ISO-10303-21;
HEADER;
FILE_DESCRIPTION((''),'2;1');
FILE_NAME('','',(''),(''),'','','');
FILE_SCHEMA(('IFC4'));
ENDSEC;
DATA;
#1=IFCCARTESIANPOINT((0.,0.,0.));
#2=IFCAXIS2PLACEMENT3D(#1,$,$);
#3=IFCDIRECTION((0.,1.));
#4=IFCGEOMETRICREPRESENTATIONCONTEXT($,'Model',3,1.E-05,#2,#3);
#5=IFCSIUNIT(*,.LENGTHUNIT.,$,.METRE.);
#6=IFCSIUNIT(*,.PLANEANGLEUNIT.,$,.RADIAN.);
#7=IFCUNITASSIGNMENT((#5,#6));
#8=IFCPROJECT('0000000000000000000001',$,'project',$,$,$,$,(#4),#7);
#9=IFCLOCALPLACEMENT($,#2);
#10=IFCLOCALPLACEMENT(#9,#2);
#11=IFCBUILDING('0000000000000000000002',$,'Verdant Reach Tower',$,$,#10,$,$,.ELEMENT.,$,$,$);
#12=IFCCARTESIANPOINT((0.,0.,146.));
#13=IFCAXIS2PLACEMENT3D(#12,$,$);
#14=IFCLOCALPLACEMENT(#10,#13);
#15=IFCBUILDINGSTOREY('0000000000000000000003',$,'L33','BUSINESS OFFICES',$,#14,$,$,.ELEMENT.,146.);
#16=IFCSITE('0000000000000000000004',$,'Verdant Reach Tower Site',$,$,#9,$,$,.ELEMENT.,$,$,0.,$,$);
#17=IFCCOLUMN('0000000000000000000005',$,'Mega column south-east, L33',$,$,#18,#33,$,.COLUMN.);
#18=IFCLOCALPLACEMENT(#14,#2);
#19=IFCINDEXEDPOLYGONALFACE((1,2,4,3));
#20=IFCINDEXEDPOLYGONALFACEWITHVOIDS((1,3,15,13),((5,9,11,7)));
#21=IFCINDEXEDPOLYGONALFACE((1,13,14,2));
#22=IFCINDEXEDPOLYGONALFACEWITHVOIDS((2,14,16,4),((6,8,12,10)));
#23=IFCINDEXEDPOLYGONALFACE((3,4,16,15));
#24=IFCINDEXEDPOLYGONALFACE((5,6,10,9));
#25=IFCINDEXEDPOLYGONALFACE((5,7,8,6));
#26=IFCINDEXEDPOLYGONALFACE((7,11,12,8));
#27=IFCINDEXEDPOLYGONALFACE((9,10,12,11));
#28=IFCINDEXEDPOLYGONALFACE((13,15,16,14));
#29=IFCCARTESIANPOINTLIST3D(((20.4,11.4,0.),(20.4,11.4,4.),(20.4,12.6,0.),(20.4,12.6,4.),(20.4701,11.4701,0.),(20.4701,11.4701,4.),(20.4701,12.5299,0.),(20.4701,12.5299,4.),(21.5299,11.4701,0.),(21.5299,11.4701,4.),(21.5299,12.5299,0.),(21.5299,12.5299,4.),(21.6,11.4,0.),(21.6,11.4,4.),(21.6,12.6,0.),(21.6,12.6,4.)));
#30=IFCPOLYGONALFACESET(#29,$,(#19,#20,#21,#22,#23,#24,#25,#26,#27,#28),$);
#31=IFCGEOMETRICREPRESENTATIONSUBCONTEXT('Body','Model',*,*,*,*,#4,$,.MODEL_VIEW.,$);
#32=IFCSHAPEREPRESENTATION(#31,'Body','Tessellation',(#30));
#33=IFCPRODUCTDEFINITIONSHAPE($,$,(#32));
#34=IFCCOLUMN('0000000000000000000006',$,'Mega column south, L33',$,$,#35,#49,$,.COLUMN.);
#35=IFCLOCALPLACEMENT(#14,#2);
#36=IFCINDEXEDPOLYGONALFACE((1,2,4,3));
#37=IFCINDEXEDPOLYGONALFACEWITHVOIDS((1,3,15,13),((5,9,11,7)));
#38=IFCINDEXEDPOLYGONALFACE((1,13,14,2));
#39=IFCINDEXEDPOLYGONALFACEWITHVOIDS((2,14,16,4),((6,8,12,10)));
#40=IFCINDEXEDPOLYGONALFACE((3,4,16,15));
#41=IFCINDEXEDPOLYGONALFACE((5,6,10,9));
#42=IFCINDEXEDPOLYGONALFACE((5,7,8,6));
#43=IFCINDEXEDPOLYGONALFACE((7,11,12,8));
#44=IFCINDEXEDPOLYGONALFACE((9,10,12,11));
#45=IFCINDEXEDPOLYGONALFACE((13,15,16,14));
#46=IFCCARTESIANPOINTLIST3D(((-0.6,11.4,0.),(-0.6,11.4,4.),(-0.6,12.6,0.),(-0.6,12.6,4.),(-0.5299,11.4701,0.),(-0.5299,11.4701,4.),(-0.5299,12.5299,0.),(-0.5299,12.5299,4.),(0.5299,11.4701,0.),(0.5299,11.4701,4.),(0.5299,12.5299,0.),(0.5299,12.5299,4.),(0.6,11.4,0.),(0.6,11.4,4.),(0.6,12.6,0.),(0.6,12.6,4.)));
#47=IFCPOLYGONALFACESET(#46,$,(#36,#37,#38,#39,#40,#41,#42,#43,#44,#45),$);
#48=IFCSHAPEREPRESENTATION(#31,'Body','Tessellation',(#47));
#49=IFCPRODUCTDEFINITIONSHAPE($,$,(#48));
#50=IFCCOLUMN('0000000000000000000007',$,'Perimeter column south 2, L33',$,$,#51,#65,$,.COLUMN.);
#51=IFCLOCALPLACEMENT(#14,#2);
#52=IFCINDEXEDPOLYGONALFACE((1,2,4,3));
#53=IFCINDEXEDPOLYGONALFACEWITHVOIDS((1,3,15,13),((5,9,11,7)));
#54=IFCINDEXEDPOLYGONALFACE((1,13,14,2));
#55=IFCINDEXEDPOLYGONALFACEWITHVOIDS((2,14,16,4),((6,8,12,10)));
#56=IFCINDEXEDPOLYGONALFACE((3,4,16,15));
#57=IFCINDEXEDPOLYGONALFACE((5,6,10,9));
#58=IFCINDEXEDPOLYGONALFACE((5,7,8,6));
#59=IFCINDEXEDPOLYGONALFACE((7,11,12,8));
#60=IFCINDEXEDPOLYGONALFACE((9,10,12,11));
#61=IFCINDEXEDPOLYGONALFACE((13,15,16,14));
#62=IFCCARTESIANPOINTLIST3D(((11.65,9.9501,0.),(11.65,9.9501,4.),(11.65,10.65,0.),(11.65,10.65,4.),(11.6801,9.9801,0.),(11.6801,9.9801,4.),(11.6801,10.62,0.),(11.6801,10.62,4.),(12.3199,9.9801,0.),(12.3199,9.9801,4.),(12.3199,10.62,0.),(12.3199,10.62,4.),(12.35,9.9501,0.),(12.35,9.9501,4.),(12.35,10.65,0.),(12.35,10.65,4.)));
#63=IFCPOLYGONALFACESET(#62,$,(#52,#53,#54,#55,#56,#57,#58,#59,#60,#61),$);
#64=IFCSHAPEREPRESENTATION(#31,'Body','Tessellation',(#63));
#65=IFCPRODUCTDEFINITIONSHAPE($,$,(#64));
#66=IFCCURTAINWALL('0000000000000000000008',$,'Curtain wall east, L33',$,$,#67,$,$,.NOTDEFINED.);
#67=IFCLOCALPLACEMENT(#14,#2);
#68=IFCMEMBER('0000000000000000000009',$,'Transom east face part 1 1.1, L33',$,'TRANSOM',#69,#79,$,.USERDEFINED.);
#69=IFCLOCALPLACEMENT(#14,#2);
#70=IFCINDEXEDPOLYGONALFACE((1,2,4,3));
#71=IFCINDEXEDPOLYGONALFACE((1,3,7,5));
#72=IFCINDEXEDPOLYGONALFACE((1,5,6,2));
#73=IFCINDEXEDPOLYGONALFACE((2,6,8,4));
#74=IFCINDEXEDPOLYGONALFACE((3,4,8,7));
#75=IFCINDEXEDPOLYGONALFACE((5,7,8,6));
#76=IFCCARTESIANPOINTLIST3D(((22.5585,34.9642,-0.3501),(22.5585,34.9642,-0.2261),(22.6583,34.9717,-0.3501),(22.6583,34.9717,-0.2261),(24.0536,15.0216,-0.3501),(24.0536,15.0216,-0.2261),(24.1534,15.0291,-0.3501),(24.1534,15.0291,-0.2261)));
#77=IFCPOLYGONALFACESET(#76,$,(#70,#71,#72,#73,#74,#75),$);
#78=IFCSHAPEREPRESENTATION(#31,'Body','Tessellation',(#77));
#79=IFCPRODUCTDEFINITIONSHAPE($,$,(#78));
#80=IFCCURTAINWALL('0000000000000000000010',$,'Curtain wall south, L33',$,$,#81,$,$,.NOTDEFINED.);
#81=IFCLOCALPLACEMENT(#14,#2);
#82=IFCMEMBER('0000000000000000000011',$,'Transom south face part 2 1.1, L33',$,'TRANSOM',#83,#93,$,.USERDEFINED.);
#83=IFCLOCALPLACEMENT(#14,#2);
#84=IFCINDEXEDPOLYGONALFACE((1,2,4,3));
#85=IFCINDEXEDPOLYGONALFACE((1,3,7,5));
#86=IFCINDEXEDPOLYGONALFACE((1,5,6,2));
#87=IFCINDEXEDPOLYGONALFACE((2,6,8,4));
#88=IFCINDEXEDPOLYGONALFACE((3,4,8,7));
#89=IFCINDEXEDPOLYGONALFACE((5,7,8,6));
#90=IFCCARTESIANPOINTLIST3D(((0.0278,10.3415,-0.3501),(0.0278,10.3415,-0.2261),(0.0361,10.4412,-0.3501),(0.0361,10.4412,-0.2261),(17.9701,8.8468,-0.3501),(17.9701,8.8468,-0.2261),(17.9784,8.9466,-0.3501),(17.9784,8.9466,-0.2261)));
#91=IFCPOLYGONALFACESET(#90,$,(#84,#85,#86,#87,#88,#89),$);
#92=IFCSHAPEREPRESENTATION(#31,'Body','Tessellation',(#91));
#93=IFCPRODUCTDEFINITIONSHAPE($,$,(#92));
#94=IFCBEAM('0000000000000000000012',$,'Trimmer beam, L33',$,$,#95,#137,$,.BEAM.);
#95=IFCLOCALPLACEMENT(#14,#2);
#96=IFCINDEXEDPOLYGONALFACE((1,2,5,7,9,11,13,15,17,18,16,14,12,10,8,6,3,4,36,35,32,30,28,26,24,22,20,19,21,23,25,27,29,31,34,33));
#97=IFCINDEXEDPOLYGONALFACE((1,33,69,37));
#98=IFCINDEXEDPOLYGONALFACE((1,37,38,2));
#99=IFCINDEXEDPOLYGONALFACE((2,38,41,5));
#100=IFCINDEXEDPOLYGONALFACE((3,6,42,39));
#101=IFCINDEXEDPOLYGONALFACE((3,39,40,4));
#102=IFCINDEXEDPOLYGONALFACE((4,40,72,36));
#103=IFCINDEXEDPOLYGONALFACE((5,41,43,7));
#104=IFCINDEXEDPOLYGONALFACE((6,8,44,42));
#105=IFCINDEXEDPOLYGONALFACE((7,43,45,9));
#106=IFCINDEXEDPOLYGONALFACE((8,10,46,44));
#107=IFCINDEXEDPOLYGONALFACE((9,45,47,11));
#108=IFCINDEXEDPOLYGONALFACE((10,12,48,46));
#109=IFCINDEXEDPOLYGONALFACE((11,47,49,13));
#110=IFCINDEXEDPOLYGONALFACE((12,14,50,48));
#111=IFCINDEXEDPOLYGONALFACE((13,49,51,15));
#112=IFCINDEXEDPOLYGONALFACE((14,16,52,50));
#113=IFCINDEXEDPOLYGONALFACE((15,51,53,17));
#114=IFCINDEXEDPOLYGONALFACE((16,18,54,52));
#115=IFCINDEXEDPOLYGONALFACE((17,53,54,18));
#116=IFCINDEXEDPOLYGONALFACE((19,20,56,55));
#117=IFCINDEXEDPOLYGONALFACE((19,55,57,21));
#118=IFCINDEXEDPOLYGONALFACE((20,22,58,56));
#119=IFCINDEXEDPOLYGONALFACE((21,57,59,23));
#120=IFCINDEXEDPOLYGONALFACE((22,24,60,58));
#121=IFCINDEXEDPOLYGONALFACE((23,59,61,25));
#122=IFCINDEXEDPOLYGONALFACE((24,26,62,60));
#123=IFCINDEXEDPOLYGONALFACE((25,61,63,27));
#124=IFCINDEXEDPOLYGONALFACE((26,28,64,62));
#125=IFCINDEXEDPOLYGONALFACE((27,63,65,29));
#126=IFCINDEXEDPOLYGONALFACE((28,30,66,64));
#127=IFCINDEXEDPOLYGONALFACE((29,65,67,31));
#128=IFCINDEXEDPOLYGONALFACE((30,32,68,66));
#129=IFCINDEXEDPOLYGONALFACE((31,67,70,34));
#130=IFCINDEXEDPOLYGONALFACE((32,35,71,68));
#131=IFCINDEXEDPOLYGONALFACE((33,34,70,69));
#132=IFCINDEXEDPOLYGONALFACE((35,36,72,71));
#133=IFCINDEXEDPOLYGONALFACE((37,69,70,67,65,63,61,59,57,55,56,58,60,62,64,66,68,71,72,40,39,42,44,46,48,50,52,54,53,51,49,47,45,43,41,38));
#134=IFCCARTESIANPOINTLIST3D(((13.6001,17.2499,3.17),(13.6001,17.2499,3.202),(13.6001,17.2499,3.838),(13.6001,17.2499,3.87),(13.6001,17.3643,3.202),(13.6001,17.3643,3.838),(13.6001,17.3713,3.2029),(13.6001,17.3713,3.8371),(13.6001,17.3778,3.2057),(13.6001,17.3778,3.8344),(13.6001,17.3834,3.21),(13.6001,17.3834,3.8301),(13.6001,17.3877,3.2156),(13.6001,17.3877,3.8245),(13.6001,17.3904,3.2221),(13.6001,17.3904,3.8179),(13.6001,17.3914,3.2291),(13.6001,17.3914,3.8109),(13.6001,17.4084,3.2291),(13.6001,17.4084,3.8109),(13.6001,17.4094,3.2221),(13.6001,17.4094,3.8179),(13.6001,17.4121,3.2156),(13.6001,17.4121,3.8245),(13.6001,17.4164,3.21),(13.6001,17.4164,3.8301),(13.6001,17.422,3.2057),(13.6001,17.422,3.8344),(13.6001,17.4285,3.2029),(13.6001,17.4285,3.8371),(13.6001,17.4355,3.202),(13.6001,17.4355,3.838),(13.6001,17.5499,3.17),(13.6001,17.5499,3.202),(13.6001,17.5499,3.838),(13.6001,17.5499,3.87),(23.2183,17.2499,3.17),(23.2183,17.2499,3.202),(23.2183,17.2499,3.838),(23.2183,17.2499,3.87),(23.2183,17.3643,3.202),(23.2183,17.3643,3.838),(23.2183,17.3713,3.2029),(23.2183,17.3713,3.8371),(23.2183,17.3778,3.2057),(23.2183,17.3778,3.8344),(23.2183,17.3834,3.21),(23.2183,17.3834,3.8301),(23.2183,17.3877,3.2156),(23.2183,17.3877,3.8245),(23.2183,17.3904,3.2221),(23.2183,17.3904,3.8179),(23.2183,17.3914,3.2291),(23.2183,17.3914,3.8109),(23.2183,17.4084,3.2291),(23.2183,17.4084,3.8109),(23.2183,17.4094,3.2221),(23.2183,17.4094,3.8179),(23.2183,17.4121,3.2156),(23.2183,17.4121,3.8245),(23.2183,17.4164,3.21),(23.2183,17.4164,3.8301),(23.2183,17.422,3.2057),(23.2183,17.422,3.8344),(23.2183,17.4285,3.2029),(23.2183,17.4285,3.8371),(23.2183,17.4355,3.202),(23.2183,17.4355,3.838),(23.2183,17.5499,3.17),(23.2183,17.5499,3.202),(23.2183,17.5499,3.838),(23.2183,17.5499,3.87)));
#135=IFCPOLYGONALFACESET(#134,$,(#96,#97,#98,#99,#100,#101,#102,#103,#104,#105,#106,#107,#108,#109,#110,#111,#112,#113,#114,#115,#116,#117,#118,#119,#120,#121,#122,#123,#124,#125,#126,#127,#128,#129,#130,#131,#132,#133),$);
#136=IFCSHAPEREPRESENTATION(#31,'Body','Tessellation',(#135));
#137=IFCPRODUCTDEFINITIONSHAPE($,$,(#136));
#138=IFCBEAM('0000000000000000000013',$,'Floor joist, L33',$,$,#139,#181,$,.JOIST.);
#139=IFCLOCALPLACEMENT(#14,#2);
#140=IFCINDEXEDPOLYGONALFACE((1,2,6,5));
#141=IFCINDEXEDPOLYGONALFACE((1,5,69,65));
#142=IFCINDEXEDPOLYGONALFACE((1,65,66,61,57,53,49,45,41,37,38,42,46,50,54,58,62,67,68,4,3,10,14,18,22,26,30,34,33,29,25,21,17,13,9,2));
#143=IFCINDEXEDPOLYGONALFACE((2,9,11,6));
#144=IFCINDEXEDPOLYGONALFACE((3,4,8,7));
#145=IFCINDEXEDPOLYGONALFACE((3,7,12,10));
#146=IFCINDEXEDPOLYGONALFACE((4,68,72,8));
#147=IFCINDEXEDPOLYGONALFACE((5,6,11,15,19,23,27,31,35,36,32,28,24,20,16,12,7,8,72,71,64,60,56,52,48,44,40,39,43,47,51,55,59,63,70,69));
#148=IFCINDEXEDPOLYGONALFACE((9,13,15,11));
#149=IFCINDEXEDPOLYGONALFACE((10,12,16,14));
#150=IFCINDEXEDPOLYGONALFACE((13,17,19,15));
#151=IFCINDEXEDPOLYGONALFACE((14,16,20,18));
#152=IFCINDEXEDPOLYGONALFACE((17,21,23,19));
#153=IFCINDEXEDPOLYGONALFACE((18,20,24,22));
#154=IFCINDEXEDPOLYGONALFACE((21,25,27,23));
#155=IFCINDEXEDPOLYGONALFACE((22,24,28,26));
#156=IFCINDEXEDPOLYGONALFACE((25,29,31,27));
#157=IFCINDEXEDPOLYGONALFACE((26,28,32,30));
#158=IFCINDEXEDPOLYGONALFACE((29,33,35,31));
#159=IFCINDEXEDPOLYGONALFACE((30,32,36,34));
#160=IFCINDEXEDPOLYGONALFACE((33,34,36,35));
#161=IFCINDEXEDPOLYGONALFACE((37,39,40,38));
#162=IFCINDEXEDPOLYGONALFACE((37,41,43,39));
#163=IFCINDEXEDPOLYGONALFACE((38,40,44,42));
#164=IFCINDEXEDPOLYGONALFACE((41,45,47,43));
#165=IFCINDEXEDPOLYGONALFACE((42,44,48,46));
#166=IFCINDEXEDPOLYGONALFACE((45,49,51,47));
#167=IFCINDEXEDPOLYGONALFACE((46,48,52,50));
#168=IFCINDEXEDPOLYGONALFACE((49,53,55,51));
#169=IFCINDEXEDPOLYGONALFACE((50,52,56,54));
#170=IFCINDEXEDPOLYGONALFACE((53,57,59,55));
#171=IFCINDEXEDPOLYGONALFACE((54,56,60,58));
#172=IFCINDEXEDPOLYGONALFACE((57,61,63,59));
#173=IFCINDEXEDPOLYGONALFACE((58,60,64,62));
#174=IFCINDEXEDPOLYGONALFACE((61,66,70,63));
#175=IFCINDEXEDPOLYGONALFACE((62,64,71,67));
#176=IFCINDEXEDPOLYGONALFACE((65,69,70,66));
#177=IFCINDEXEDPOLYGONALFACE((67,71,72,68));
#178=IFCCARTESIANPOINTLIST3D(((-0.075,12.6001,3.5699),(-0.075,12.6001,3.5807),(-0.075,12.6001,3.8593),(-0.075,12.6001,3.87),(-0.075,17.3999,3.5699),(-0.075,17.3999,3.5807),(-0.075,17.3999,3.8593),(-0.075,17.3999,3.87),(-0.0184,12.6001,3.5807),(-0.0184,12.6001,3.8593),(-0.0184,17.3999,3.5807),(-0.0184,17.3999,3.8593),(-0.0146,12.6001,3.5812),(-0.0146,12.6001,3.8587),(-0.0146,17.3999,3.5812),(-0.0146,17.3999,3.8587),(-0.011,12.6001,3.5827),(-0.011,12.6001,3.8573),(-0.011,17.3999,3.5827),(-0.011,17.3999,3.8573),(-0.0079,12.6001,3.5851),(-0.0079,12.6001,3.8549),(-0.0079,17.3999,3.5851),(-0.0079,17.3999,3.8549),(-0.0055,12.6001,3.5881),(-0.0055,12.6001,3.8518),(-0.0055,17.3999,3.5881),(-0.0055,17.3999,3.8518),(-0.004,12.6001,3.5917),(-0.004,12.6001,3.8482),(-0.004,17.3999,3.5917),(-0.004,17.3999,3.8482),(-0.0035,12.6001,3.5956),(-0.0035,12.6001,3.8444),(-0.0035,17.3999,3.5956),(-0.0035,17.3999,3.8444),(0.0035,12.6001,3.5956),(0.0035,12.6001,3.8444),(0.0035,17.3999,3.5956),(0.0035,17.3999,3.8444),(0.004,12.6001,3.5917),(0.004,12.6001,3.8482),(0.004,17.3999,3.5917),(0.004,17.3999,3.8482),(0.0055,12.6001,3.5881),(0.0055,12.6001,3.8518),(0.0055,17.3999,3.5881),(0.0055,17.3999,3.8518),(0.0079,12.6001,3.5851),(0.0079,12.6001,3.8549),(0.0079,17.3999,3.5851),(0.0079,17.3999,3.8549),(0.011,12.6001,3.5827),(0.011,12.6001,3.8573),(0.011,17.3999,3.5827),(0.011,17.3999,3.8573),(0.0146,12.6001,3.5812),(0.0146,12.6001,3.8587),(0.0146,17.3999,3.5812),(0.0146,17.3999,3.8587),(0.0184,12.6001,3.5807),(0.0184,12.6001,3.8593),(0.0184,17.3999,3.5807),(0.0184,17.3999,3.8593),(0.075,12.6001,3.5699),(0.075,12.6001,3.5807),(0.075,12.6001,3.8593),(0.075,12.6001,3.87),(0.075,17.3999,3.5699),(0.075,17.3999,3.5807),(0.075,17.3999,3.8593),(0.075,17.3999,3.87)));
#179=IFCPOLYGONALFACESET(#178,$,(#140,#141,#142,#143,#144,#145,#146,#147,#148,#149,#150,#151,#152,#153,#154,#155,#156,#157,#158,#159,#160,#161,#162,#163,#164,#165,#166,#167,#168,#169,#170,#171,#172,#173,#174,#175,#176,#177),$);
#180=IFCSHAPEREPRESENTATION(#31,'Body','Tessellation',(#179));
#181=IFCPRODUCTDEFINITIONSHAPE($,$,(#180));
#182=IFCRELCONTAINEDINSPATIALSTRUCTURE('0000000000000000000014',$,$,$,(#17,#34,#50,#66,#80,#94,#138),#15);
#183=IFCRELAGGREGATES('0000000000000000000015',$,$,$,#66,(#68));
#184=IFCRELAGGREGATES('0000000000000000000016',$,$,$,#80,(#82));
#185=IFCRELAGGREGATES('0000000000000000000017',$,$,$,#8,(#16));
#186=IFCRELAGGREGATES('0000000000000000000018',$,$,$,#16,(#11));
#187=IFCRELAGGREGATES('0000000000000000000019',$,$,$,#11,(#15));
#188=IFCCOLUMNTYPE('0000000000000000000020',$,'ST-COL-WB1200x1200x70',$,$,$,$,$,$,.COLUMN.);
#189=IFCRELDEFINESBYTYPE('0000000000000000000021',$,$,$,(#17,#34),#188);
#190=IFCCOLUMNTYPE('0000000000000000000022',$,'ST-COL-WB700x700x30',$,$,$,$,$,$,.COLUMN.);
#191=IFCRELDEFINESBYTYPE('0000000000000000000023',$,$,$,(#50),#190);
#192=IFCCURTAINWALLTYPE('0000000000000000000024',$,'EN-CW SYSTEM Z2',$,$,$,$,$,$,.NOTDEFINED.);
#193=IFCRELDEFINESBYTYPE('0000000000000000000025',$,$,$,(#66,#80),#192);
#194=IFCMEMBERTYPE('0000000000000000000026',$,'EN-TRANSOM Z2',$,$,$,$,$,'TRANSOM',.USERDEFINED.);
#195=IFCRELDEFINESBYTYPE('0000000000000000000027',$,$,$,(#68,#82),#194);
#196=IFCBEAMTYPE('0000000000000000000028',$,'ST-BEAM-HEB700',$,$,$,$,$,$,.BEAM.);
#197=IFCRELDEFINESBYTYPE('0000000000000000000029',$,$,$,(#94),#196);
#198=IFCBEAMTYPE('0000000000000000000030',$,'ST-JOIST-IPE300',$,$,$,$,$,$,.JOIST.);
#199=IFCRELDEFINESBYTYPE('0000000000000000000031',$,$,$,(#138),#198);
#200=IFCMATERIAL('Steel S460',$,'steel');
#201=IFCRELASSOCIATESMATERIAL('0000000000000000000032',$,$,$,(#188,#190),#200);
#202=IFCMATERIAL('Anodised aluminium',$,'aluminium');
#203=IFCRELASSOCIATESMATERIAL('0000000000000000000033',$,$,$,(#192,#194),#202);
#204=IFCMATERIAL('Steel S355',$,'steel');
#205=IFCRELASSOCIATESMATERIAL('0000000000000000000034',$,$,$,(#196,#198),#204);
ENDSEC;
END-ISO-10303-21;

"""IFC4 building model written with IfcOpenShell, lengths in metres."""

from ifc_helpers import new_model, si_unit, direction, frame, origin, origin_2d, place, context, subcontext, project, spatial, rectangle, hollow_rectangle, i_section, extrude, material, material_profile, profile_set, type_object, element, aggregate, save


model = new_model("IFC4")

# Units and contexts
model_context = context("Model", 3, precision=1e-05, world=origin(), true_north=direction((0.0, 1.0)))
body_context = subcontext(model_context, "Body", "Model", "MODEL_VIEW")
ifc_project = project(units=[si_unit("LENGTHUNIT", "METRE"), si_unit("PLANEANGLEUNIT", "RADIAN")], contexts=[model_context])

# Site, building, storey
site_placement = place(None, origin())
site = spatial("IfcSite", under=ifc_project, at=site_placement, Name="Verdant Reach Tower Site", CompositionType="ELEMENT", RefElevation=0.0)
building_placement = place(site_placement, origin())
building = spatial("IfcBuilding", under=site, at=building_placement, Name="Verdant Reach Tower", CompositionType="ELEMENT")
storey_placement = place(building_placement, frame((0.0, 0.0, 146.0)))
storey = spatial("IfcBuildingStorey", under=building, at=storey_placement, Name="L33", Description="BUSINESS OFFICES", CompositionType="ELEMENT", Elevation=146.0)

# Columns
ifc_material_1 = material(Name="Steel S460", Category="steel")
ifc_material_profile_1 = material_profile(ifc_material_1, hollow_rectangle(XDim=1.2, YDim=1.2, WallThickness=0.0701, at=origin_2d()), Name="WB 1200x1200x70")
ifc_profile_set_1 = profile_set([ifc_material_profile_1], Name="Steel S460")
column_type_1 = type_object("IfcColumnType", Name="ST-COL-WB1200x1200x70", PredefinedType="COLUMN", material=ifc_profile_set_1)
for number, where, z_axis, x_axis, name in (
    (1, (21.0, 12.0, 0.0), (0.0, 0.0, 1.0), (1.0, 0.0, 0.0), "Mega column south-east, L33"),
    (2, (0.0, 12.0, 0.0), (0.0, 0.0, 1.0), (1.0, 0.0, 0.0), "Mega column south, L33"),
):
    element("IfcColumn", number, at=place(storey_placement, frame(where, z_axis=z_axis, x_axis=x_axis)), inside=storey, type_object=column_type_1, Name=name, PredefinedType="COLUMN", context=body_context, shape_type="SweptSolid", body=[
        extrude(hollow_rectangle(XDim=1.2, YDim=1.2, WallThickness=0.0701, at=origin_2d()), origin(), (0.0, 0.0, 1.0), 4.0),
    ])
ifc_material_profile_2 = material_profile(ifc_material_1, hollow_rectangle(XDim=0.7, YDim=0.7, WallThickness=0.03, at=origin_2d()), Name="WB 700x700x30")
ifc_profile_set_2 = profile_set([ifc_material_profile_2], Name="Steel S460")
column_type_2 = type_object("IfcColumnType", Name="ST-COL-WB700x700x30", PredefinedType="COLUMN", material=ifc_profile_set_2)
column_placement = place(storey_placement, frame((12.0, 10.3, 0.0), z_axis=(0.0, 0.0, 1.0), x_axis=(1.0, 0.0, 0.0)))
element("IfcColumn", 3, at=column_placement, inside=storey, type_object=column_type_2, Name="Perimeter column south 2, L33", PredefinedType="COLUMN", context=body_context, shape_type="SweptSolid", body=[
    extrude(hollow_rectangle(XDim=0.7, YDim=0.7, WallThickness=0.03, at=origin_2d()), origin(), (0.0, 0.0, 1.0), 4.0),
])

# Curtain walls, members
ifc_material_2 = material(Name="Anodised aluminium", Category="aluminium")
curtain_wall_type = type_object("IfcCurtainWallType", Name="EN-CW SYSTEM Z2", PredefinedType="NOTDEFINED", material=ifc_material_2)
curtain_wall_1_placement = place(storey_placement, origin())
curtain_wall_1 = element("IfcCurtainWall", 4, at=curtain_wall_1_placement, inside=storey, type_object=curtain_wall_type, Name="Curtain wall east, L33", PredefinedType="NOTDEFINED")
ifc_material_profile_3 = material_profile(ifc_material_2, rectangle(XDim=0.1001, YDim=0.124, at=origin_2d()), Name="Transom 124x100")
ifc_profile_set_3 = profile_set([ifc_material_profile_3], Name="Anodised aluminium")
member_type = type_object("IfcMemberType", Name="EN-TRANSOM Z2", ElementType="TRANSOM", PredefinedType="USERDEFINED", material=ifc_profile_set_3)
member_1_placement = place(storey_placement, frame((24.1035, 15.0254, -0.2881), z_axis=(-0.074761, 0.997201, 0.0), x_axis=(-0.997201, -0.074761, 0.0)))
member_1 = element("IfcMember", 5, at=member_1_placement, type_object=member_type, Name="Transom east face part 1 1.1, L33", ObjectType="TRANSOM", PredefinedType="USERDEFINED", context=body_context, shape_type="SweptSolid", body=[
    extrude(rectangle(XDim=0.1001, YDim=0.124, at=origin_2d()), origin(), (0.0, 0.0, 1.0), 19.9985),
])
curtain_wall_2_placement = place(storey_placement, origin())
curtain_wall_2 = element("IfcCurtainWall", 6, at=curtain_wall_2_placement, inside=storey, type_object=curtain_wall_type, Name="Curtain wall south, L33", PredefinedType="NOTDEFINED")
member_2_placement = place(storey_placement, frame((0.032, 10.3914, -0.2881), z_axis=(0.996548, -0.083015, 0.0), x_axis=(0.083015, 0.996548, 0.0)))
member_2 = element("IfcMember", 7, at=member_2_placement, type_object=member_type, Name="Transom south face part 2 1.1, L33", ObjectType="TRANSOM", PredefinedType="USERDEFINED", context=body_context, shape_type="SweptSolid", body=[
    extrude(rectangle(XDim=0.1001, YDim=0.124, at=origin_2d()), origin(), (0.0, 0.0, 1.0), 18.0044),
])

# Beams
ifc_material_3 = material(Name="Steel S355", Category="steel")
ifc_material_profile_4 = material_profile(ifc_material_3, i_section(OverallWidth=0.3, OverallDepth=0.7, WebThickness=0.0171, FlangeThickness=0.032, FilletRadius=0.0271, at=origin_2d()), Name="HEB 700")
ifc_profile_set_4 = profile_set([ifc_material_profile_4], Name="Steel S355")
beam_type_1 = type_object("IfcBeamType", Name="ST-BEAM-HEB700", PredefinedType="BEAM", material=ifc_profile_set_4)
beam_1_placement = place(storey_placement, frame((13.6001, 17.3999, 3.52), z_axis=(1.0, 0.0, 0.0), x_axis=(0.0, 1.0, 0.0)))
element("IfcBeam", 8, at=beam_1_placement, inside=storey, type_object=beam_type_1, Name="Trimmer beam, L33", PredefinedType="BEAM", context=body_context, shape_type="SweptSolid", body=[
    extrude(i_section(OverallWidth=0.3, OverallDepth=0.7, WebThickness=0.0171, FlangeThickness=0.032, FilletRadius=0.0271, at=origin_2d()), origin(), (0.0, 0.0, 1.0), 9.6182),
])
ifc_material_profile_5 = material_profile(ifc_material_3, i_section(OverallWidth=0.1499, OverallDepth=0.3, WebThickness=0.0071, FlangeThickness=0.0107, FilletRadius=0.0149, at=origin_2d()), Name="IPE 300")
ifc_profile_set_5 = profile_set([ifc_material_profile_5], Name="Steel S355")
beam_type_2 = type_object("IfcBeamType", Name="ST-JOIST-IPE300", PredefinedType="JOIST", material=ifc_profile_set_5)
beam_2_placement = place(storey_placement, frame((0.0, 17.3999, 3.72), z_axis=(0.0, -1.0, 0.0), x_axis=(1.0, 0.0, 0.0)))
element("IfcBeam", 9, at=beam_2_placement, inside=storey, type_object=beam_type_2, Name="Floor joist, L33", PredefinedType="JOIST", context=body_context, shape_type="SweptSolid", body=[
    extrude(i_section(OverallWidth=0.1499, OverallDepth=0.3, WebThickness=0.0071, FlangeThickness=0.0107, FilletRadius=0.0149, at=origin_2d()), origin(), (0.0, 0.0, 1.0), 4.7998),
])

aggregate(curtain_wall_1, [member_1])
aggregate(curtain_wall_2, [member_2])

save(model, "model.ifc")
